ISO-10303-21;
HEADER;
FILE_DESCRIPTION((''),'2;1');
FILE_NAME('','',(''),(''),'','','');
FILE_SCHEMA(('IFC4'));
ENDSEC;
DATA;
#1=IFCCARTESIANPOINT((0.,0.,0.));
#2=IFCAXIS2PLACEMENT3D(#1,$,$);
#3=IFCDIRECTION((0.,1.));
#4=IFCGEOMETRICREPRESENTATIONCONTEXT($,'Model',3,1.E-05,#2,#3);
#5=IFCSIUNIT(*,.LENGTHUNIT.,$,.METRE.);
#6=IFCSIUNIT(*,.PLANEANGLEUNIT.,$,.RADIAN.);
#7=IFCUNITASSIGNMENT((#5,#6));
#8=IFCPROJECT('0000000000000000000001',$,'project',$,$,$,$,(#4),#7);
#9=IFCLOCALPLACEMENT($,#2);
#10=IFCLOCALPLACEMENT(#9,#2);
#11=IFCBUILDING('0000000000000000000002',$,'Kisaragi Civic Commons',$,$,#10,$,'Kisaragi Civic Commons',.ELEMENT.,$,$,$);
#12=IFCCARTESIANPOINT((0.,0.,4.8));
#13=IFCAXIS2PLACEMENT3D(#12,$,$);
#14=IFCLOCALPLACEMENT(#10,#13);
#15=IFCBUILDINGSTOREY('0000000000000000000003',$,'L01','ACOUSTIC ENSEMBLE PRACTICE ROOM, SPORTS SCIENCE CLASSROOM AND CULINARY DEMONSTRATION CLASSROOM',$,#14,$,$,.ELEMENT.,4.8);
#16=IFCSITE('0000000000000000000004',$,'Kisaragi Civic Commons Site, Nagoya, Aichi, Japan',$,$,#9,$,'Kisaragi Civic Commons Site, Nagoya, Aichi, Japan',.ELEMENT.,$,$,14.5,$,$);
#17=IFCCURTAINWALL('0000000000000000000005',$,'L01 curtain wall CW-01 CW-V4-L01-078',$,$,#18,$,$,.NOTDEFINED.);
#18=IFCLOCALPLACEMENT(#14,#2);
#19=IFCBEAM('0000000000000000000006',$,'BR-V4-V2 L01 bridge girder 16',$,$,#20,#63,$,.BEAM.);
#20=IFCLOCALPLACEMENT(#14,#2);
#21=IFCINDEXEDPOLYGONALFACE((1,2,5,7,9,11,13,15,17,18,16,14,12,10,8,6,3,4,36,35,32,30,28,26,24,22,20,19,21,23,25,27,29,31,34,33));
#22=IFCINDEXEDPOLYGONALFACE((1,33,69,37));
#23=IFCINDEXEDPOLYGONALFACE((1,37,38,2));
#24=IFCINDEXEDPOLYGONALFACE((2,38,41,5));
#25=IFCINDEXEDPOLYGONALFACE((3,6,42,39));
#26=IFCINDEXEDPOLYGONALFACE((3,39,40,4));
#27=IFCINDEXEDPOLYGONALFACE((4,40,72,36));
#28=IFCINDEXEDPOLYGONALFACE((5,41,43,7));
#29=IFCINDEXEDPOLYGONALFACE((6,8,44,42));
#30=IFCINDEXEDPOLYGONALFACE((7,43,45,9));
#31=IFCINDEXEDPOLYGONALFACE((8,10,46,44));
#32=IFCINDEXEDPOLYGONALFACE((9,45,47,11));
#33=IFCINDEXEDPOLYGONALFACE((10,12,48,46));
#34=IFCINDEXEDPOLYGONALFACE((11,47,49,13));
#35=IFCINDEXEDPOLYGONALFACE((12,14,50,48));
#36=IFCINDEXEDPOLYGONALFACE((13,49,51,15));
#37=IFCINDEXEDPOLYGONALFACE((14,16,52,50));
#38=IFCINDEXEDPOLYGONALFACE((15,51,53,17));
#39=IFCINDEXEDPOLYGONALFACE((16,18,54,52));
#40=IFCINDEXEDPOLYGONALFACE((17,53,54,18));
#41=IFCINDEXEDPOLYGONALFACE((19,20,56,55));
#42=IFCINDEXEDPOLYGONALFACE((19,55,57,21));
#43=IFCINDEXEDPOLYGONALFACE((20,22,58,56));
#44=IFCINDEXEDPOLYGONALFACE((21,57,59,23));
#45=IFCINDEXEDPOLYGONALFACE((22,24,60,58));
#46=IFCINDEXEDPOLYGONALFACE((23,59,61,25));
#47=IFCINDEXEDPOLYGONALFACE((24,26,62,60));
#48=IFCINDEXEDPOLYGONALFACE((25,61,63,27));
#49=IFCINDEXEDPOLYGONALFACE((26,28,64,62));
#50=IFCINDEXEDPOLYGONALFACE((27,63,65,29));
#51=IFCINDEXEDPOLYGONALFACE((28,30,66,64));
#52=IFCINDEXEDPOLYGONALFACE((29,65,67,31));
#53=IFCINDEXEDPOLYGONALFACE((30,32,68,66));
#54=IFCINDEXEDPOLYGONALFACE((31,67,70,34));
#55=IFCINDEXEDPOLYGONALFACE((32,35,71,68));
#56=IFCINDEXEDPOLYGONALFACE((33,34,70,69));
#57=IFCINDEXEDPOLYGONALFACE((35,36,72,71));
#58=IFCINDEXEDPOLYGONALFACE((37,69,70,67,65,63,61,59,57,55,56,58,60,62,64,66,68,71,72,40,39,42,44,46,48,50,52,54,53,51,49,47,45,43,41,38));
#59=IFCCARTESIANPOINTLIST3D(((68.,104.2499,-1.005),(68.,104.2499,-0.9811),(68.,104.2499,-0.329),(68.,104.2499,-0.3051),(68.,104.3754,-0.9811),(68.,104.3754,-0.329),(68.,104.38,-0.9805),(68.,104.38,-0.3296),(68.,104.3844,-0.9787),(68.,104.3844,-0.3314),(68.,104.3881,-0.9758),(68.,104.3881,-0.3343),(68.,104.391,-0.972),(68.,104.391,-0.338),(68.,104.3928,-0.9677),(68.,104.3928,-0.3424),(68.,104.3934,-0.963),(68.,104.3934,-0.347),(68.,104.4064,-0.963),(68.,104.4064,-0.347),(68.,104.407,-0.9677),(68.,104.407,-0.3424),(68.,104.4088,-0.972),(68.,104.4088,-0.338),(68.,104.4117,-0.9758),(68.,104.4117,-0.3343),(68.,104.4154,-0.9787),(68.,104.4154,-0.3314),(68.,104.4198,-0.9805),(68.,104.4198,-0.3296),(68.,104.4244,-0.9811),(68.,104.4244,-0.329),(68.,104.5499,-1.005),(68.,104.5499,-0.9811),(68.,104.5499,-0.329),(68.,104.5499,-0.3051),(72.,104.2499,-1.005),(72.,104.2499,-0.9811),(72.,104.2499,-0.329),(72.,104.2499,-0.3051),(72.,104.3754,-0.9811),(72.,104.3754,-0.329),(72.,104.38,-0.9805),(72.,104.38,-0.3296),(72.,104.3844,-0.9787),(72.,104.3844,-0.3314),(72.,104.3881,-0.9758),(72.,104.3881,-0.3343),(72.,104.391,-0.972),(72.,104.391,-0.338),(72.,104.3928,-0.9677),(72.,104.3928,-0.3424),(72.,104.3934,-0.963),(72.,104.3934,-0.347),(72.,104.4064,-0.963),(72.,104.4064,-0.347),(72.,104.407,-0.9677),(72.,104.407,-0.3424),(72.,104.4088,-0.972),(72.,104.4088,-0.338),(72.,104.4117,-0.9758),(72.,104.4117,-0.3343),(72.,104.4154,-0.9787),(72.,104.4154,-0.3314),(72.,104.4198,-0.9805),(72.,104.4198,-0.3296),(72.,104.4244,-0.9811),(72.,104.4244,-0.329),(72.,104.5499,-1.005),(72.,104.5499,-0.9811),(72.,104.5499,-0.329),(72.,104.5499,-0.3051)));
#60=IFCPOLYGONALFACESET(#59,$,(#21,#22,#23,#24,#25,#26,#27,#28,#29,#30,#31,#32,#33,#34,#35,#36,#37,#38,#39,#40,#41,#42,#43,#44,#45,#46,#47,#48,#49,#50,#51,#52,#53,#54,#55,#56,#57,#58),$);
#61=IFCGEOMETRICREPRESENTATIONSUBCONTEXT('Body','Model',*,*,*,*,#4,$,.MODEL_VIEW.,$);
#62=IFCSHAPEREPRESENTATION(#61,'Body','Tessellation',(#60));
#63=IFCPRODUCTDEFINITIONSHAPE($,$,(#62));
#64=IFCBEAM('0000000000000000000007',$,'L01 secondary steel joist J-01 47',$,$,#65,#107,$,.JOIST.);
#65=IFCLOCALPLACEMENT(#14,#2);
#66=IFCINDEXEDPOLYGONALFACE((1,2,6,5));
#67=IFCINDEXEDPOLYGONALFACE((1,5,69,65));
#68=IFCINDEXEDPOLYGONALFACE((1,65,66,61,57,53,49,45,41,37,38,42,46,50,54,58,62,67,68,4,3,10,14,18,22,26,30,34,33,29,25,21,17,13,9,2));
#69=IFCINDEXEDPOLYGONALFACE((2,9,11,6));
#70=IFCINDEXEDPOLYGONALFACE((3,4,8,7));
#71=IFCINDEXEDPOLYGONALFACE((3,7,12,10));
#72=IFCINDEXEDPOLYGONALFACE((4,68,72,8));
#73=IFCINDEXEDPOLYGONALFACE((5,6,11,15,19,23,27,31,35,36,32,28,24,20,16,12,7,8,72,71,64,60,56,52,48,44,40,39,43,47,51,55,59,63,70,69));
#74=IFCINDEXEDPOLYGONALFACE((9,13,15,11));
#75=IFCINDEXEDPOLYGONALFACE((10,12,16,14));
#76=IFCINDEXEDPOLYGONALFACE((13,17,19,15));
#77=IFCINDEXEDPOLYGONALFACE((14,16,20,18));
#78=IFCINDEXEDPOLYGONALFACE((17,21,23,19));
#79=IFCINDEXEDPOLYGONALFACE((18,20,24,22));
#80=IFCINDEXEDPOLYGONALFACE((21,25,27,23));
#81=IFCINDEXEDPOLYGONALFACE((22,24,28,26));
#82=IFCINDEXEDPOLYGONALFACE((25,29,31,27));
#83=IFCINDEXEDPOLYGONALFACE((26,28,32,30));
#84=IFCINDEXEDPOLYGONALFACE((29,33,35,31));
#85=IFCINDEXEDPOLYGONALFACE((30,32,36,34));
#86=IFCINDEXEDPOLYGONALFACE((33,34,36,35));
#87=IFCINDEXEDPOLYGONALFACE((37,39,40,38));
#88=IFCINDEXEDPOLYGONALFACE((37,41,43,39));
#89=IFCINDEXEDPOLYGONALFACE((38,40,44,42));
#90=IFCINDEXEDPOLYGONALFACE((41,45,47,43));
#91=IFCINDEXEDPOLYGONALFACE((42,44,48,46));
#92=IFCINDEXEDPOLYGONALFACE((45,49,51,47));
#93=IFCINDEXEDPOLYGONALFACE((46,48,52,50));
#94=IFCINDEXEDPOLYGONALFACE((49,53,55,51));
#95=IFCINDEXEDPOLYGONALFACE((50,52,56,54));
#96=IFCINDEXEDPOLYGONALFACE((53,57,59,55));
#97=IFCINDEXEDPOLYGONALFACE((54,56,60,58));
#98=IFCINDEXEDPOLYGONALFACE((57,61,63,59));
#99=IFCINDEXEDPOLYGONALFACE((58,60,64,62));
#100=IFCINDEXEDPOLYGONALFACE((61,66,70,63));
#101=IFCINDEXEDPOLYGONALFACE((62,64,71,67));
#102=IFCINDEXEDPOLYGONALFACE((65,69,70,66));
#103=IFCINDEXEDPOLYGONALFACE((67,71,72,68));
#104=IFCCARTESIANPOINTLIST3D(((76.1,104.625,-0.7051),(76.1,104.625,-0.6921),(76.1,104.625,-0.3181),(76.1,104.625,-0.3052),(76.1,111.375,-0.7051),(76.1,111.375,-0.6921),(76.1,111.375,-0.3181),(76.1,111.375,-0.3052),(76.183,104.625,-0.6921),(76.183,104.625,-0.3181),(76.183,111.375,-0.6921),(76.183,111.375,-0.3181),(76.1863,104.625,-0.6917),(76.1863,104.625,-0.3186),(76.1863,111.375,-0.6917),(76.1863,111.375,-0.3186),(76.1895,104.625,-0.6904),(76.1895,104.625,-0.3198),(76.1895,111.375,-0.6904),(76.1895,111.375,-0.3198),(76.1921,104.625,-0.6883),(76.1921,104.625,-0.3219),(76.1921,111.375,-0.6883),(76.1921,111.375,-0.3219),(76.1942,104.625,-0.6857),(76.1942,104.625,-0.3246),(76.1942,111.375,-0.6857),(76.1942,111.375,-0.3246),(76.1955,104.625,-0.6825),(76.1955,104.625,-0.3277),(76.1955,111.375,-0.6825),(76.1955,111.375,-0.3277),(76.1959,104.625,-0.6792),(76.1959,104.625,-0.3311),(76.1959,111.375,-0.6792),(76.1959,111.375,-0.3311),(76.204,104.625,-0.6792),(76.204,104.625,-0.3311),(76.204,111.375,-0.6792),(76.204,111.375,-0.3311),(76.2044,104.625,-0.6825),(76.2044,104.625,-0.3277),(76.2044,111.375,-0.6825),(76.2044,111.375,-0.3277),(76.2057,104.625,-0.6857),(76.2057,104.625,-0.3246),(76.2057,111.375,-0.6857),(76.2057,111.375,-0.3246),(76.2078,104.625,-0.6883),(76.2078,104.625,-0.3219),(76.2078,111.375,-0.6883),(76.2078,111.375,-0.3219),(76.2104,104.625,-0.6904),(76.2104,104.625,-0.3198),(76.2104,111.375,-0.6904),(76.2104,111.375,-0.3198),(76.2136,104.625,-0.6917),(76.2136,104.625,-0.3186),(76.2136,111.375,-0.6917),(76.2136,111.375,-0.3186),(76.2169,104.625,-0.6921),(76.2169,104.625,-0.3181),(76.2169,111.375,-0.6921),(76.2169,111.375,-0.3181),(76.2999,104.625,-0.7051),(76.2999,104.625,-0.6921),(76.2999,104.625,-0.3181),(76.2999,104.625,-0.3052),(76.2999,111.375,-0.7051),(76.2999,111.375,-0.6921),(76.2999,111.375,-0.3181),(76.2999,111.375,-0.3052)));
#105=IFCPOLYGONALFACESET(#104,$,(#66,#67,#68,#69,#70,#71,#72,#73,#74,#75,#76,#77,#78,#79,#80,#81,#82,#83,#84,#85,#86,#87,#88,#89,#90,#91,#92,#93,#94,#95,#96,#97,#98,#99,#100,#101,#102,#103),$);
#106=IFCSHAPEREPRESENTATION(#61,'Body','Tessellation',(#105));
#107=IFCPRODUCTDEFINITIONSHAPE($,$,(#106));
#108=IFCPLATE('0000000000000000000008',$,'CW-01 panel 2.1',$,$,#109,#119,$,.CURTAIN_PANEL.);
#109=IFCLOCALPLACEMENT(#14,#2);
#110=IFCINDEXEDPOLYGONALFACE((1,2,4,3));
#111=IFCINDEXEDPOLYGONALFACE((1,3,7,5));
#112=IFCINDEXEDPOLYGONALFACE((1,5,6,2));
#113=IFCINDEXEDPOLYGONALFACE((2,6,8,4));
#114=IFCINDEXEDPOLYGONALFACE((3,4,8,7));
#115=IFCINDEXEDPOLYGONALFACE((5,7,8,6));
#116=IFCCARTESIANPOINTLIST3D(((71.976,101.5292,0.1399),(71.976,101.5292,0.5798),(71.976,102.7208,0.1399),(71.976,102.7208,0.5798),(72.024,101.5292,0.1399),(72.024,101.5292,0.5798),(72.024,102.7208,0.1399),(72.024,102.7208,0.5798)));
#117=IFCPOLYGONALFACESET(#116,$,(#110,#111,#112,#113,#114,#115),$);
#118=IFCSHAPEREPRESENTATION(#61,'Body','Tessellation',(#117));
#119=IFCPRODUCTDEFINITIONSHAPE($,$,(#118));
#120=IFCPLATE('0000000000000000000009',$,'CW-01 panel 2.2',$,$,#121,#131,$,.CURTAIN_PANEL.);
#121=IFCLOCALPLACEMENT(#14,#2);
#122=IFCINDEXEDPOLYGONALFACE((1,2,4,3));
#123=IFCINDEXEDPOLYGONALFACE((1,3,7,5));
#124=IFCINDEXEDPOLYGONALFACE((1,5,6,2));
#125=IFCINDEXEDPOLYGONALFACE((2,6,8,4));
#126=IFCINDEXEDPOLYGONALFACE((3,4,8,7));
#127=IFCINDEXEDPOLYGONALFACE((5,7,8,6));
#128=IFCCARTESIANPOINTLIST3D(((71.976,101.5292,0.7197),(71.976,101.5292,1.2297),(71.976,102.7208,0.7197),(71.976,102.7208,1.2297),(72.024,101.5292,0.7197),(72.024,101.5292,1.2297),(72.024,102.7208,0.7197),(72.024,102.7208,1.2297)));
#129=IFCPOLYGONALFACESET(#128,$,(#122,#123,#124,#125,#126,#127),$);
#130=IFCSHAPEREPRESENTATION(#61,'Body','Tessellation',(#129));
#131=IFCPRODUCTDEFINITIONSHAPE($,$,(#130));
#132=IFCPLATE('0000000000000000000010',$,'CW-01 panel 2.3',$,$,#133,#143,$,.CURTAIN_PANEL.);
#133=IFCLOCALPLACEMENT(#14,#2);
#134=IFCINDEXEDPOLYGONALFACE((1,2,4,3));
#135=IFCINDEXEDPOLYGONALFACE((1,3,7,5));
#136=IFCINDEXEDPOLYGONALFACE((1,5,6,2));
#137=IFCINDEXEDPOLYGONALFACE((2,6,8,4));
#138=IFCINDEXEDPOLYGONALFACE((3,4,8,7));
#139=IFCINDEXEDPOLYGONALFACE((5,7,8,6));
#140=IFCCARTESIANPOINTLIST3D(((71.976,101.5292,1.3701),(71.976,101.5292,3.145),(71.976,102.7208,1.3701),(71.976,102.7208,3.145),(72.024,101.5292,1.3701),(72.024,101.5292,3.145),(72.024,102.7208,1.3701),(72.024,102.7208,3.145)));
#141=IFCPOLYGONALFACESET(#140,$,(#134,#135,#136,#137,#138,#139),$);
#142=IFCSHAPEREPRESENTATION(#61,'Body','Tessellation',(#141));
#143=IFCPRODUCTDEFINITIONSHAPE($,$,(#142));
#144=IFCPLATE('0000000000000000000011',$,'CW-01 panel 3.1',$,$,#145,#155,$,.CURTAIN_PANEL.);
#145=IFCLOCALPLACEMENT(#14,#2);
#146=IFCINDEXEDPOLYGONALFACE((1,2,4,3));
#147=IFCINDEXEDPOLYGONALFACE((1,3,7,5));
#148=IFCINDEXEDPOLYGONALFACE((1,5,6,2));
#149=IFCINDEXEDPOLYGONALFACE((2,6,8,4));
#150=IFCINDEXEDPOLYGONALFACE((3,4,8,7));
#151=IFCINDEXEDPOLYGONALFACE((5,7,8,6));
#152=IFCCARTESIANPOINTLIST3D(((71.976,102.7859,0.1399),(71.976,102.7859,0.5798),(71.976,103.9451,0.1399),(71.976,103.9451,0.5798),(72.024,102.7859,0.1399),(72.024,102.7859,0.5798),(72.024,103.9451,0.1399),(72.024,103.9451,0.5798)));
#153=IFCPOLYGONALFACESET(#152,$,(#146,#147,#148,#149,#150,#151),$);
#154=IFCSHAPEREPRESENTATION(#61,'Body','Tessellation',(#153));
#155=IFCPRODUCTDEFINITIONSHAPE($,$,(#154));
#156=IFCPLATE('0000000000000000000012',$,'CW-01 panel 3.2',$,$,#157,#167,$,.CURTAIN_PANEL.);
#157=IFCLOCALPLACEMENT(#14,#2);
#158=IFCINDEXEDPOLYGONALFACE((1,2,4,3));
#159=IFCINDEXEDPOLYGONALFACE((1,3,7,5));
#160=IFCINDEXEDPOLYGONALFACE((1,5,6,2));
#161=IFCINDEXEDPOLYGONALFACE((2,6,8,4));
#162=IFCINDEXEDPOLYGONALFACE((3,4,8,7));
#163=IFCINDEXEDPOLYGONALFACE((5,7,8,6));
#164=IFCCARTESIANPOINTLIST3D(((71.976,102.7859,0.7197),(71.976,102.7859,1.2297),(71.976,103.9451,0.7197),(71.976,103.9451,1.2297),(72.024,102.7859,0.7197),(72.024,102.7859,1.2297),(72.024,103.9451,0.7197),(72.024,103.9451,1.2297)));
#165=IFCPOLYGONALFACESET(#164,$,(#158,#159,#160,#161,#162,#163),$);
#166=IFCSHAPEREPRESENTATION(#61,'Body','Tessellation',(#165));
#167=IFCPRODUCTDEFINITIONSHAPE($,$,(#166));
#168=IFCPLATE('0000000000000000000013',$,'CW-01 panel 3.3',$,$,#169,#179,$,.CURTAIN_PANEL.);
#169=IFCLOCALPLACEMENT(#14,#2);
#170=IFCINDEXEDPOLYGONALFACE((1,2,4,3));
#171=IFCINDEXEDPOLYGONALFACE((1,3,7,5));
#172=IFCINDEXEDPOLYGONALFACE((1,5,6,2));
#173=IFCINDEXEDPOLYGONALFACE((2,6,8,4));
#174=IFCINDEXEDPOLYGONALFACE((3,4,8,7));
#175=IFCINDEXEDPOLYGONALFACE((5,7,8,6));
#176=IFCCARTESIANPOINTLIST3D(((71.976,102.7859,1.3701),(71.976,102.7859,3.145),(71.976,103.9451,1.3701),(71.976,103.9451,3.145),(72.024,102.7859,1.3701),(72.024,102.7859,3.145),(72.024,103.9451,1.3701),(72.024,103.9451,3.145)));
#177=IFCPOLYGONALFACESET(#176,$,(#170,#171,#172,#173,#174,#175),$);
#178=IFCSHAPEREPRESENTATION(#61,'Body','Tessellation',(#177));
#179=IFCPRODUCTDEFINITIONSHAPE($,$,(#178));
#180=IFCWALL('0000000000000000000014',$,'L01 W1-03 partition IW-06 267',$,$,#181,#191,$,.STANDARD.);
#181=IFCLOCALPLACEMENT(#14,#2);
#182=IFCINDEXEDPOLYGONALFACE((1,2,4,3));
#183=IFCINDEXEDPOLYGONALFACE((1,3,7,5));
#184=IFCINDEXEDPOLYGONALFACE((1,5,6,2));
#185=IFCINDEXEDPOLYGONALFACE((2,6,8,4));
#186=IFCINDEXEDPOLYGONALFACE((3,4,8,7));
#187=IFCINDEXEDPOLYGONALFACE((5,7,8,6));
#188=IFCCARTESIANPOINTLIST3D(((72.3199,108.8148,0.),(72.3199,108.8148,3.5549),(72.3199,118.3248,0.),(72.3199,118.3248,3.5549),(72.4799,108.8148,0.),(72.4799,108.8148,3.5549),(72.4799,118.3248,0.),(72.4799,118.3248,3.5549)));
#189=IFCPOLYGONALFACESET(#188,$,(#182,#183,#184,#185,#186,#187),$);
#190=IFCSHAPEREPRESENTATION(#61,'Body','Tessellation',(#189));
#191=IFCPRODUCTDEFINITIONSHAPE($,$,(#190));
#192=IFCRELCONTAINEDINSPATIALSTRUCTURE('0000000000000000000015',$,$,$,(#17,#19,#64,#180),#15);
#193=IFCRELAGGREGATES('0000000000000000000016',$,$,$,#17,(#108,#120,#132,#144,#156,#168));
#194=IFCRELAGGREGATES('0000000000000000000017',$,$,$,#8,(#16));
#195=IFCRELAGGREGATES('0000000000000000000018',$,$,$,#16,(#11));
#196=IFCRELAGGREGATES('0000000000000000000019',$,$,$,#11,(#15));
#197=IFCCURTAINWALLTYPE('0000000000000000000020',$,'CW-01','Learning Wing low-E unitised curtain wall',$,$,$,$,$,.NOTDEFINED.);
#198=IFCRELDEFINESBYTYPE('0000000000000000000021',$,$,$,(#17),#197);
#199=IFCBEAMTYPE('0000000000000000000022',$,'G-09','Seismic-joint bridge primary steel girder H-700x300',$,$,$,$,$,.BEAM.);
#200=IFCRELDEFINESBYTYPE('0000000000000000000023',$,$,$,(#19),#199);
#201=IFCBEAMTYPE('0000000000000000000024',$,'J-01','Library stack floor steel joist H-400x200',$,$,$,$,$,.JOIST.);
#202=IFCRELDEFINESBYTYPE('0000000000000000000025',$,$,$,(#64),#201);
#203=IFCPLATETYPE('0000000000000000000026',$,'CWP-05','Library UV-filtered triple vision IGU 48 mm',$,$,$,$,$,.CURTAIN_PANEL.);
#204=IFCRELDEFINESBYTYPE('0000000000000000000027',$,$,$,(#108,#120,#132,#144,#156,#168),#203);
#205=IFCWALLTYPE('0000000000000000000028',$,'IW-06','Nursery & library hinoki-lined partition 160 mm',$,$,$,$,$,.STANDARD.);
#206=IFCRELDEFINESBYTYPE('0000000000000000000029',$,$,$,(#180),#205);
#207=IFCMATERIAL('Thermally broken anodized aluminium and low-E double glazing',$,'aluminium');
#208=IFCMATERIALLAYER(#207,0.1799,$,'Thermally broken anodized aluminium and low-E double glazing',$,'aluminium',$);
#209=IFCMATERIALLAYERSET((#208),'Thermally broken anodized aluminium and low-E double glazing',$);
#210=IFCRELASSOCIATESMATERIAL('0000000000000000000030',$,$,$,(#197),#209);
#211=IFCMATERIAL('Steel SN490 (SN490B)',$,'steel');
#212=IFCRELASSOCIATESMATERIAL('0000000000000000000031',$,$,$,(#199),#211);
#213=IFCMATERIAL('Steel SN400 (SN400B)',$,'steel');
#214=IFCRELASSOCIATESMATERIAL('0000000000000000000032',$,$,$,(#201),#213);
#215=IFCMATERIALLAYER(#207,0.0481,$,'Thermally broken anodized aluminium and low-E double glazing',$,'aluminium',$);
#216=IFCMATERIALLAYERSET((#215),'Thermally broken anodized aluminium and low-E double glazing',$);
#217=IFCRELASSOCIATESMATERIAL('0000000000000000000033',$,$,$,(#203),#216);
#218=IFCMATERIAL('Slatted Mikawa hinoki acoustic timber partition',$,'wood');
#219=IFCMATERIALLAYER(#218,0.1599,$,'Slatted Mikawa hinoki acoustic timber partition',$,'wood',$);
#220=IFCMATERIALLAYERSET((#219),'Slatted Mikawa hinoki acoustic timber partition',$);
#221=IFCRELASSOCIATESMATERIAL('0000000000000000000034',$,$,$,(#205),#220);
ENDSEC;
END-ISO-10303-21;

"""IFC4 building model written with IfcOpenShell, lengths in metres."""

from ifc_helpers import new_model, si_unit, direction, frame, frame_2d, origin, origin_2d, place, context, subcontext, project, spatial, rectangle, i_section, extrude, material, layer, layer_set, material_profile, profile_set, type_object, element, aggregate, save


model = new_model("IFC4")

# Units and contexts
model_context = context("Model", 3, precision=1e-05, world=origin(), true_north=direction((0.0, 1.0)))
body_context = subcontext(model_context, "Body", "Model", "MODEL_VIEW")
ifc_project = project(units=[si_unit("LENGTHUNIT", "METRE"), si_unit("PLANEANGLEUNIT", "RADIAN")], contexts=[model_context])

# Site, building, storey
site_placement = place(None, origin())
site = spatial("IfcSite", under=ifc_project, at=site_placement, Name="Kisaragi Civic Commons Site, Nagoya, Aichi, Japan", LongName="Kisaragi Civic Commons Site, Nagoya, Aichi, Japan", CompositionType="ELEMENT", RefElevation=14.5)
building_placement = place(site_placement, origin())
building = spatial("IfcBuilding", under=site, at=building_placement, Name="Kisaragi Civic Commons", LongName="Kisaragi Civic Commons", CompositionType="ELEMENT")
storey_placement = place(building_placement, frame((0.0, 0.0, 4.8)))
storey = spatial("IfcBuildingStorey", under=building, at=storey_placement, Name="L01", Description="ACOUSTIC ENSEMBLE PRACTICE ROOM, SPORTS SCIENCE CLASSROOM AND CULINARY DEMONSTRATION CLASSROOM", CompositionType="ELEMENT", Elevation=4.8)

# Curtain wall
ifc_material_1 = material(Name="Thermally broken anodized aluminium and low-E double glazing", Category="aluminium")
ifc_layer_1 = layer(ifc_material_1, 0.1799, Name="Thermally broken anodized aluminium and low-E double glazing", Category="aluminium")
ifc_layer_set_1 = layer_set([ifc_layer_1], Name="Thermally broken anodized aluminium and low-E double glazing")
curtain_wall_type = type_object("IfcCurtainWallType", Name="CW-01", Description="Learning Wing low-E unitised curtain wall", PredefinedType="NOTDEFINED", material=ifc_layer_set_1)
curtain_wall_placement = place(storey_placement, origin())
curtain_wall = element("IfcCurtainWall", 1, at=curtain_wall_placement, inside=storey, type_object=curtain_wall_type, Name="L01 curtain wall CW-01 CW-V4-L01-078", PredefinedType="NOTDEFINED")

# Beams
ifc_material_2 = material(Name="Steel SN490 (SN490B)", Category="steel")
ifc_material_profile_1 = material_profile(ifc_material_2, i_section(OverallWidth=0.3, OverallDepth=0.7, WebThickness=0.0129, FlangeThickness=0.0239, FilletRadius=0.0181, at=origin_2d()), Name="H-700x300x13x24", Category="steel")
ifc_profile_set_1 = profile_set([ifc_material_profile_1], Name="Steel SN490 (SN490B)")
beam_type_1 = type_object("IfcBeamType", Name="G-09", Description="Seismic-joint bridge primary steel girder H-700x300", PredefinedType="BEAM", material=ifc_profile_set_1)
beam_1_placement = place(storey_placement, frame((72.0, 104.3999, -0.655), z_axis=(-1.0, 0.0, 0.0), x_axis=(0.0, -1.0, 0.0)))
element("IfcBeam", 2, at=beam_1_placement, inside=storey, type_object=beam_type_1, Name="BR-V4-V2 L01 bridge girder 16", PredefinedType="BEAM", context=body_context, shape_type="SweptSolid", body=[
    extrude(i_section(OverallWidth=0.3, OverallDepth=0.7, WebThickness=0.0129, FlangeThickness=0.0239, FilletRadius=0.0181, at=origin_2d()), origin(), (0.0, 0.0, 1.0), 4.0),
])
ifc_material_3 = material(Name="Steel SN400 (SN400B)", Category="steel")
ifc_material_profile_2 = material_profile(ifc_material_3, i_section(OverallWidth=0.2, OverallDepth=0.3999, WebThickness=0.0081, FlangeThickness=0.0129, FilletRadius=0.0129, at=origin_2d()), Name="H-400x200x8x13", Category="steel")
ifc_profile_set_2 = profile_set([ifc_material_profile_2], Name="Steel SN400 (SN400B)")
beam_type_2 = type_object("IfcBeamType", Name="J-01", Description="Library stack floor steel joist H-400x200", PredefinedType="JOIST", material=ifc_profile_set_2)
beam_2_placement = place(storey_placement, frame((76.2, 104.625, -0.5051), z_axis=(0.0, 1.0, 0.0), x_axis=(-1.0, 0.0, 0.0)))
element("IfcBeam", 3, at=beam_2_placement, inside=storey, type_object=beam_type_2, Name="L01 secondary steel joist J-01 47", PredefinedType="JOIST", context=body_context, shape_type="SweptSolid", body=[
    extrude(i_section(OverallWidth=0.2, OverallDepth=0.3999, WebThickness=0.0081, FlangeThickness=0.0129, FilletRadius=0.0129, at=origin_2d()), origin(), (0.0, 0.0, 1.0), 6.75),
])

# Plates
ifc_layer_2 = layer(ifc_material_1, 0.0481, Name="Thermally broken anodized aluminium and low-E double glazing", Category="aluminium")
ifc_layer_set_2 = layer_set([ifc_layer_2], Name="Thermally broken anodized aluminium and low-E double glazing")
plate_type = type_object("IfcPlateType", Name="CWP-05", Description="Library UV-filtered triple vision IGU 48 mm", PredefinedType="CURTAIN_PANEL", material=ifc_layer_set_2)
plate_1_placement = place(storey_placement, frame((72.0, 102.125, 0.1399), z_axis=(0.0, 0.0, 1.0), x_axis=(0.0, 1.0, 0.0)))
plate_1 = element("IfcPlate", 4, at=plate_1_placement, type_object=plate_type, Name="CW-01 panel 2.1", PredefinedType="CURTAIN_PANEL", context=body_context, shape_type="SweptSolid", body=[
    extrude(rectangle(XDim=1.1917, YDim=0.0481, at=origin_2d()), origin(), (0.0, 0.0, 1.0), 0.4399),
])
plate_2_placement = place(storey_placement, frame((72.0, 102.125, 0.7197), z_axis=(0.0, 0.0, 1.0), x_axis=(0.0, 1.0, 0.0)))
plate_2 = element("IfcPlate", 5, at=plate_2_placement, type_object=plate_type, Name="CW-01 panel 2.2", PredefinedType="CURTAIN_PANEL", context=body_context, shape_type="SweptSolid", body=[
    extrude(rectangle(XDim=1.1917, YDim=0.0481, at=origin_2d()), origin(), (0.0, 0.0, 1.0), 0.51),
])
plate_3_placement = place(storey_placement, frame((72.0, 102.125, 1.3701), z_axis=(0.0, 0.0, 1.0), x_axis=(0.0, 1.0, 0.0)))
plate_3 = element("IfcPlate", 6, at=plate_3_placement, type_object=plate_type, Name="CW-01 panel 2.3", PredefinedType="CURTAIN_PANEL", context=body_context, shape_type="SweptSolid", body=[
    extrude(rectangle(XDim=1.1917, YDim=0.0481, at=origin_2d()), origin(), (0.0, 0.0, 1.0), 1.7749),
])
plate_4_placement = place(storey_placement, frame((72.0, 103.3655, 0.1399), z_axis=(0.0, 0.0, 1.0), x_axis=(0.0, 1.0, 0.0)))
plate_4 = element("IfcPlate", 7, at=plate_4_placement, type_object=plate_type, Name="CW-01 panel 3.1", PredefinedType="CURTAIN_PANEL", context=body_context, shape_type="SweptSolid", body=[
    extrude(rectangle(XDim=1.1592, YDim=0.0481, at=origin_2d()), origin(), (0.0, 0.0, 1.0), 0.4399),
])
plate_5_placement = place(storey_placement, frame((72.0, 103.3655, 0.7197), z_axis=(0.0, 0.0, 1.0), x_axis=(0.0, 1.0, 0.0)))
plate_5 = element("IfcPlate", 8, at=plate_5_placement, type_object=plate_type, Name="CW-01 panel 3.2", PredefinedType="CURTAIN_PANEL", context=body_context, shape_type="SweptSolid", body=[
    extrude(rectangle(XDim=1.1592, YDim=0.0481, at=origin_2d()), origin(), (0.0, 0.0, 1.0), 0.51),
])
plate_6_placement = place(storey_placement, frame((72.0, 103.3655, 1.3701), z_axis=(0.0, 0.0, 1.0), x_axis=(0.0, 1.0, 0.0)))
plate_6 = element("IfcPlate", 9, at=plate_6_placement, type_object=plate_type, Name="CW-01 panel 3.3", PredefinedType="CURTAIN_PANEL", context=body_context, shape_type="SweptSolid", body=[
    extrude(rectangle(XDim=1.1592, YDim=0.0481, at=origin_2d()), origin(), (0.0, 0.0, 1.0), 1.7749),
])
aggregate(curtain_wall, [plate_1, plate_2, plate_3, plate_4, plate_5, plate_6])

# Wall
ifc_material_4 = material(Name="Slatted Mikawa hinoki acoustic timber partition", Category="wood")
ifc_layer_3 = layer(ifc_material_4, 0.1599, Name="Slatted Mikawa hinoki acoustic timber partition", Category="wood")
ifc_layer_set_3 = layer_set([ifc_layer_3], Name="Slatted Mikawa hinoki acoustic timber partition")
wall_type_1 = type_object("IfcWallType", Name="IW-06", Description="Nursery & library hinoki-lined partition 160 mm", PredefinedType="STANDARD", material=ifc_layer_set_3)
wall_1_placement = place(storey_placement, frame((72.3999, 108.8149, 0.0), z_axis=(0.0, 0.0, 1.0), x_axis=(0.0, 1.0, 0.0)))
element("IfcWall", 10, at=wall_1_placement, inside=storey, type_object=wall_type_1, Name="L01 W1-03 partition IW-06 267", PredefinedType="STANDARD", context=body_context, shape_type="SweptSolid", body=[
    extrude(rectangle(XDim=9.51, YDim=0.1599, at=frame_2d((4.7549, 0.0))), origin(), (0.0, 0.0, 1.0), 3.5549),
])

save(model, "model.ifc")
